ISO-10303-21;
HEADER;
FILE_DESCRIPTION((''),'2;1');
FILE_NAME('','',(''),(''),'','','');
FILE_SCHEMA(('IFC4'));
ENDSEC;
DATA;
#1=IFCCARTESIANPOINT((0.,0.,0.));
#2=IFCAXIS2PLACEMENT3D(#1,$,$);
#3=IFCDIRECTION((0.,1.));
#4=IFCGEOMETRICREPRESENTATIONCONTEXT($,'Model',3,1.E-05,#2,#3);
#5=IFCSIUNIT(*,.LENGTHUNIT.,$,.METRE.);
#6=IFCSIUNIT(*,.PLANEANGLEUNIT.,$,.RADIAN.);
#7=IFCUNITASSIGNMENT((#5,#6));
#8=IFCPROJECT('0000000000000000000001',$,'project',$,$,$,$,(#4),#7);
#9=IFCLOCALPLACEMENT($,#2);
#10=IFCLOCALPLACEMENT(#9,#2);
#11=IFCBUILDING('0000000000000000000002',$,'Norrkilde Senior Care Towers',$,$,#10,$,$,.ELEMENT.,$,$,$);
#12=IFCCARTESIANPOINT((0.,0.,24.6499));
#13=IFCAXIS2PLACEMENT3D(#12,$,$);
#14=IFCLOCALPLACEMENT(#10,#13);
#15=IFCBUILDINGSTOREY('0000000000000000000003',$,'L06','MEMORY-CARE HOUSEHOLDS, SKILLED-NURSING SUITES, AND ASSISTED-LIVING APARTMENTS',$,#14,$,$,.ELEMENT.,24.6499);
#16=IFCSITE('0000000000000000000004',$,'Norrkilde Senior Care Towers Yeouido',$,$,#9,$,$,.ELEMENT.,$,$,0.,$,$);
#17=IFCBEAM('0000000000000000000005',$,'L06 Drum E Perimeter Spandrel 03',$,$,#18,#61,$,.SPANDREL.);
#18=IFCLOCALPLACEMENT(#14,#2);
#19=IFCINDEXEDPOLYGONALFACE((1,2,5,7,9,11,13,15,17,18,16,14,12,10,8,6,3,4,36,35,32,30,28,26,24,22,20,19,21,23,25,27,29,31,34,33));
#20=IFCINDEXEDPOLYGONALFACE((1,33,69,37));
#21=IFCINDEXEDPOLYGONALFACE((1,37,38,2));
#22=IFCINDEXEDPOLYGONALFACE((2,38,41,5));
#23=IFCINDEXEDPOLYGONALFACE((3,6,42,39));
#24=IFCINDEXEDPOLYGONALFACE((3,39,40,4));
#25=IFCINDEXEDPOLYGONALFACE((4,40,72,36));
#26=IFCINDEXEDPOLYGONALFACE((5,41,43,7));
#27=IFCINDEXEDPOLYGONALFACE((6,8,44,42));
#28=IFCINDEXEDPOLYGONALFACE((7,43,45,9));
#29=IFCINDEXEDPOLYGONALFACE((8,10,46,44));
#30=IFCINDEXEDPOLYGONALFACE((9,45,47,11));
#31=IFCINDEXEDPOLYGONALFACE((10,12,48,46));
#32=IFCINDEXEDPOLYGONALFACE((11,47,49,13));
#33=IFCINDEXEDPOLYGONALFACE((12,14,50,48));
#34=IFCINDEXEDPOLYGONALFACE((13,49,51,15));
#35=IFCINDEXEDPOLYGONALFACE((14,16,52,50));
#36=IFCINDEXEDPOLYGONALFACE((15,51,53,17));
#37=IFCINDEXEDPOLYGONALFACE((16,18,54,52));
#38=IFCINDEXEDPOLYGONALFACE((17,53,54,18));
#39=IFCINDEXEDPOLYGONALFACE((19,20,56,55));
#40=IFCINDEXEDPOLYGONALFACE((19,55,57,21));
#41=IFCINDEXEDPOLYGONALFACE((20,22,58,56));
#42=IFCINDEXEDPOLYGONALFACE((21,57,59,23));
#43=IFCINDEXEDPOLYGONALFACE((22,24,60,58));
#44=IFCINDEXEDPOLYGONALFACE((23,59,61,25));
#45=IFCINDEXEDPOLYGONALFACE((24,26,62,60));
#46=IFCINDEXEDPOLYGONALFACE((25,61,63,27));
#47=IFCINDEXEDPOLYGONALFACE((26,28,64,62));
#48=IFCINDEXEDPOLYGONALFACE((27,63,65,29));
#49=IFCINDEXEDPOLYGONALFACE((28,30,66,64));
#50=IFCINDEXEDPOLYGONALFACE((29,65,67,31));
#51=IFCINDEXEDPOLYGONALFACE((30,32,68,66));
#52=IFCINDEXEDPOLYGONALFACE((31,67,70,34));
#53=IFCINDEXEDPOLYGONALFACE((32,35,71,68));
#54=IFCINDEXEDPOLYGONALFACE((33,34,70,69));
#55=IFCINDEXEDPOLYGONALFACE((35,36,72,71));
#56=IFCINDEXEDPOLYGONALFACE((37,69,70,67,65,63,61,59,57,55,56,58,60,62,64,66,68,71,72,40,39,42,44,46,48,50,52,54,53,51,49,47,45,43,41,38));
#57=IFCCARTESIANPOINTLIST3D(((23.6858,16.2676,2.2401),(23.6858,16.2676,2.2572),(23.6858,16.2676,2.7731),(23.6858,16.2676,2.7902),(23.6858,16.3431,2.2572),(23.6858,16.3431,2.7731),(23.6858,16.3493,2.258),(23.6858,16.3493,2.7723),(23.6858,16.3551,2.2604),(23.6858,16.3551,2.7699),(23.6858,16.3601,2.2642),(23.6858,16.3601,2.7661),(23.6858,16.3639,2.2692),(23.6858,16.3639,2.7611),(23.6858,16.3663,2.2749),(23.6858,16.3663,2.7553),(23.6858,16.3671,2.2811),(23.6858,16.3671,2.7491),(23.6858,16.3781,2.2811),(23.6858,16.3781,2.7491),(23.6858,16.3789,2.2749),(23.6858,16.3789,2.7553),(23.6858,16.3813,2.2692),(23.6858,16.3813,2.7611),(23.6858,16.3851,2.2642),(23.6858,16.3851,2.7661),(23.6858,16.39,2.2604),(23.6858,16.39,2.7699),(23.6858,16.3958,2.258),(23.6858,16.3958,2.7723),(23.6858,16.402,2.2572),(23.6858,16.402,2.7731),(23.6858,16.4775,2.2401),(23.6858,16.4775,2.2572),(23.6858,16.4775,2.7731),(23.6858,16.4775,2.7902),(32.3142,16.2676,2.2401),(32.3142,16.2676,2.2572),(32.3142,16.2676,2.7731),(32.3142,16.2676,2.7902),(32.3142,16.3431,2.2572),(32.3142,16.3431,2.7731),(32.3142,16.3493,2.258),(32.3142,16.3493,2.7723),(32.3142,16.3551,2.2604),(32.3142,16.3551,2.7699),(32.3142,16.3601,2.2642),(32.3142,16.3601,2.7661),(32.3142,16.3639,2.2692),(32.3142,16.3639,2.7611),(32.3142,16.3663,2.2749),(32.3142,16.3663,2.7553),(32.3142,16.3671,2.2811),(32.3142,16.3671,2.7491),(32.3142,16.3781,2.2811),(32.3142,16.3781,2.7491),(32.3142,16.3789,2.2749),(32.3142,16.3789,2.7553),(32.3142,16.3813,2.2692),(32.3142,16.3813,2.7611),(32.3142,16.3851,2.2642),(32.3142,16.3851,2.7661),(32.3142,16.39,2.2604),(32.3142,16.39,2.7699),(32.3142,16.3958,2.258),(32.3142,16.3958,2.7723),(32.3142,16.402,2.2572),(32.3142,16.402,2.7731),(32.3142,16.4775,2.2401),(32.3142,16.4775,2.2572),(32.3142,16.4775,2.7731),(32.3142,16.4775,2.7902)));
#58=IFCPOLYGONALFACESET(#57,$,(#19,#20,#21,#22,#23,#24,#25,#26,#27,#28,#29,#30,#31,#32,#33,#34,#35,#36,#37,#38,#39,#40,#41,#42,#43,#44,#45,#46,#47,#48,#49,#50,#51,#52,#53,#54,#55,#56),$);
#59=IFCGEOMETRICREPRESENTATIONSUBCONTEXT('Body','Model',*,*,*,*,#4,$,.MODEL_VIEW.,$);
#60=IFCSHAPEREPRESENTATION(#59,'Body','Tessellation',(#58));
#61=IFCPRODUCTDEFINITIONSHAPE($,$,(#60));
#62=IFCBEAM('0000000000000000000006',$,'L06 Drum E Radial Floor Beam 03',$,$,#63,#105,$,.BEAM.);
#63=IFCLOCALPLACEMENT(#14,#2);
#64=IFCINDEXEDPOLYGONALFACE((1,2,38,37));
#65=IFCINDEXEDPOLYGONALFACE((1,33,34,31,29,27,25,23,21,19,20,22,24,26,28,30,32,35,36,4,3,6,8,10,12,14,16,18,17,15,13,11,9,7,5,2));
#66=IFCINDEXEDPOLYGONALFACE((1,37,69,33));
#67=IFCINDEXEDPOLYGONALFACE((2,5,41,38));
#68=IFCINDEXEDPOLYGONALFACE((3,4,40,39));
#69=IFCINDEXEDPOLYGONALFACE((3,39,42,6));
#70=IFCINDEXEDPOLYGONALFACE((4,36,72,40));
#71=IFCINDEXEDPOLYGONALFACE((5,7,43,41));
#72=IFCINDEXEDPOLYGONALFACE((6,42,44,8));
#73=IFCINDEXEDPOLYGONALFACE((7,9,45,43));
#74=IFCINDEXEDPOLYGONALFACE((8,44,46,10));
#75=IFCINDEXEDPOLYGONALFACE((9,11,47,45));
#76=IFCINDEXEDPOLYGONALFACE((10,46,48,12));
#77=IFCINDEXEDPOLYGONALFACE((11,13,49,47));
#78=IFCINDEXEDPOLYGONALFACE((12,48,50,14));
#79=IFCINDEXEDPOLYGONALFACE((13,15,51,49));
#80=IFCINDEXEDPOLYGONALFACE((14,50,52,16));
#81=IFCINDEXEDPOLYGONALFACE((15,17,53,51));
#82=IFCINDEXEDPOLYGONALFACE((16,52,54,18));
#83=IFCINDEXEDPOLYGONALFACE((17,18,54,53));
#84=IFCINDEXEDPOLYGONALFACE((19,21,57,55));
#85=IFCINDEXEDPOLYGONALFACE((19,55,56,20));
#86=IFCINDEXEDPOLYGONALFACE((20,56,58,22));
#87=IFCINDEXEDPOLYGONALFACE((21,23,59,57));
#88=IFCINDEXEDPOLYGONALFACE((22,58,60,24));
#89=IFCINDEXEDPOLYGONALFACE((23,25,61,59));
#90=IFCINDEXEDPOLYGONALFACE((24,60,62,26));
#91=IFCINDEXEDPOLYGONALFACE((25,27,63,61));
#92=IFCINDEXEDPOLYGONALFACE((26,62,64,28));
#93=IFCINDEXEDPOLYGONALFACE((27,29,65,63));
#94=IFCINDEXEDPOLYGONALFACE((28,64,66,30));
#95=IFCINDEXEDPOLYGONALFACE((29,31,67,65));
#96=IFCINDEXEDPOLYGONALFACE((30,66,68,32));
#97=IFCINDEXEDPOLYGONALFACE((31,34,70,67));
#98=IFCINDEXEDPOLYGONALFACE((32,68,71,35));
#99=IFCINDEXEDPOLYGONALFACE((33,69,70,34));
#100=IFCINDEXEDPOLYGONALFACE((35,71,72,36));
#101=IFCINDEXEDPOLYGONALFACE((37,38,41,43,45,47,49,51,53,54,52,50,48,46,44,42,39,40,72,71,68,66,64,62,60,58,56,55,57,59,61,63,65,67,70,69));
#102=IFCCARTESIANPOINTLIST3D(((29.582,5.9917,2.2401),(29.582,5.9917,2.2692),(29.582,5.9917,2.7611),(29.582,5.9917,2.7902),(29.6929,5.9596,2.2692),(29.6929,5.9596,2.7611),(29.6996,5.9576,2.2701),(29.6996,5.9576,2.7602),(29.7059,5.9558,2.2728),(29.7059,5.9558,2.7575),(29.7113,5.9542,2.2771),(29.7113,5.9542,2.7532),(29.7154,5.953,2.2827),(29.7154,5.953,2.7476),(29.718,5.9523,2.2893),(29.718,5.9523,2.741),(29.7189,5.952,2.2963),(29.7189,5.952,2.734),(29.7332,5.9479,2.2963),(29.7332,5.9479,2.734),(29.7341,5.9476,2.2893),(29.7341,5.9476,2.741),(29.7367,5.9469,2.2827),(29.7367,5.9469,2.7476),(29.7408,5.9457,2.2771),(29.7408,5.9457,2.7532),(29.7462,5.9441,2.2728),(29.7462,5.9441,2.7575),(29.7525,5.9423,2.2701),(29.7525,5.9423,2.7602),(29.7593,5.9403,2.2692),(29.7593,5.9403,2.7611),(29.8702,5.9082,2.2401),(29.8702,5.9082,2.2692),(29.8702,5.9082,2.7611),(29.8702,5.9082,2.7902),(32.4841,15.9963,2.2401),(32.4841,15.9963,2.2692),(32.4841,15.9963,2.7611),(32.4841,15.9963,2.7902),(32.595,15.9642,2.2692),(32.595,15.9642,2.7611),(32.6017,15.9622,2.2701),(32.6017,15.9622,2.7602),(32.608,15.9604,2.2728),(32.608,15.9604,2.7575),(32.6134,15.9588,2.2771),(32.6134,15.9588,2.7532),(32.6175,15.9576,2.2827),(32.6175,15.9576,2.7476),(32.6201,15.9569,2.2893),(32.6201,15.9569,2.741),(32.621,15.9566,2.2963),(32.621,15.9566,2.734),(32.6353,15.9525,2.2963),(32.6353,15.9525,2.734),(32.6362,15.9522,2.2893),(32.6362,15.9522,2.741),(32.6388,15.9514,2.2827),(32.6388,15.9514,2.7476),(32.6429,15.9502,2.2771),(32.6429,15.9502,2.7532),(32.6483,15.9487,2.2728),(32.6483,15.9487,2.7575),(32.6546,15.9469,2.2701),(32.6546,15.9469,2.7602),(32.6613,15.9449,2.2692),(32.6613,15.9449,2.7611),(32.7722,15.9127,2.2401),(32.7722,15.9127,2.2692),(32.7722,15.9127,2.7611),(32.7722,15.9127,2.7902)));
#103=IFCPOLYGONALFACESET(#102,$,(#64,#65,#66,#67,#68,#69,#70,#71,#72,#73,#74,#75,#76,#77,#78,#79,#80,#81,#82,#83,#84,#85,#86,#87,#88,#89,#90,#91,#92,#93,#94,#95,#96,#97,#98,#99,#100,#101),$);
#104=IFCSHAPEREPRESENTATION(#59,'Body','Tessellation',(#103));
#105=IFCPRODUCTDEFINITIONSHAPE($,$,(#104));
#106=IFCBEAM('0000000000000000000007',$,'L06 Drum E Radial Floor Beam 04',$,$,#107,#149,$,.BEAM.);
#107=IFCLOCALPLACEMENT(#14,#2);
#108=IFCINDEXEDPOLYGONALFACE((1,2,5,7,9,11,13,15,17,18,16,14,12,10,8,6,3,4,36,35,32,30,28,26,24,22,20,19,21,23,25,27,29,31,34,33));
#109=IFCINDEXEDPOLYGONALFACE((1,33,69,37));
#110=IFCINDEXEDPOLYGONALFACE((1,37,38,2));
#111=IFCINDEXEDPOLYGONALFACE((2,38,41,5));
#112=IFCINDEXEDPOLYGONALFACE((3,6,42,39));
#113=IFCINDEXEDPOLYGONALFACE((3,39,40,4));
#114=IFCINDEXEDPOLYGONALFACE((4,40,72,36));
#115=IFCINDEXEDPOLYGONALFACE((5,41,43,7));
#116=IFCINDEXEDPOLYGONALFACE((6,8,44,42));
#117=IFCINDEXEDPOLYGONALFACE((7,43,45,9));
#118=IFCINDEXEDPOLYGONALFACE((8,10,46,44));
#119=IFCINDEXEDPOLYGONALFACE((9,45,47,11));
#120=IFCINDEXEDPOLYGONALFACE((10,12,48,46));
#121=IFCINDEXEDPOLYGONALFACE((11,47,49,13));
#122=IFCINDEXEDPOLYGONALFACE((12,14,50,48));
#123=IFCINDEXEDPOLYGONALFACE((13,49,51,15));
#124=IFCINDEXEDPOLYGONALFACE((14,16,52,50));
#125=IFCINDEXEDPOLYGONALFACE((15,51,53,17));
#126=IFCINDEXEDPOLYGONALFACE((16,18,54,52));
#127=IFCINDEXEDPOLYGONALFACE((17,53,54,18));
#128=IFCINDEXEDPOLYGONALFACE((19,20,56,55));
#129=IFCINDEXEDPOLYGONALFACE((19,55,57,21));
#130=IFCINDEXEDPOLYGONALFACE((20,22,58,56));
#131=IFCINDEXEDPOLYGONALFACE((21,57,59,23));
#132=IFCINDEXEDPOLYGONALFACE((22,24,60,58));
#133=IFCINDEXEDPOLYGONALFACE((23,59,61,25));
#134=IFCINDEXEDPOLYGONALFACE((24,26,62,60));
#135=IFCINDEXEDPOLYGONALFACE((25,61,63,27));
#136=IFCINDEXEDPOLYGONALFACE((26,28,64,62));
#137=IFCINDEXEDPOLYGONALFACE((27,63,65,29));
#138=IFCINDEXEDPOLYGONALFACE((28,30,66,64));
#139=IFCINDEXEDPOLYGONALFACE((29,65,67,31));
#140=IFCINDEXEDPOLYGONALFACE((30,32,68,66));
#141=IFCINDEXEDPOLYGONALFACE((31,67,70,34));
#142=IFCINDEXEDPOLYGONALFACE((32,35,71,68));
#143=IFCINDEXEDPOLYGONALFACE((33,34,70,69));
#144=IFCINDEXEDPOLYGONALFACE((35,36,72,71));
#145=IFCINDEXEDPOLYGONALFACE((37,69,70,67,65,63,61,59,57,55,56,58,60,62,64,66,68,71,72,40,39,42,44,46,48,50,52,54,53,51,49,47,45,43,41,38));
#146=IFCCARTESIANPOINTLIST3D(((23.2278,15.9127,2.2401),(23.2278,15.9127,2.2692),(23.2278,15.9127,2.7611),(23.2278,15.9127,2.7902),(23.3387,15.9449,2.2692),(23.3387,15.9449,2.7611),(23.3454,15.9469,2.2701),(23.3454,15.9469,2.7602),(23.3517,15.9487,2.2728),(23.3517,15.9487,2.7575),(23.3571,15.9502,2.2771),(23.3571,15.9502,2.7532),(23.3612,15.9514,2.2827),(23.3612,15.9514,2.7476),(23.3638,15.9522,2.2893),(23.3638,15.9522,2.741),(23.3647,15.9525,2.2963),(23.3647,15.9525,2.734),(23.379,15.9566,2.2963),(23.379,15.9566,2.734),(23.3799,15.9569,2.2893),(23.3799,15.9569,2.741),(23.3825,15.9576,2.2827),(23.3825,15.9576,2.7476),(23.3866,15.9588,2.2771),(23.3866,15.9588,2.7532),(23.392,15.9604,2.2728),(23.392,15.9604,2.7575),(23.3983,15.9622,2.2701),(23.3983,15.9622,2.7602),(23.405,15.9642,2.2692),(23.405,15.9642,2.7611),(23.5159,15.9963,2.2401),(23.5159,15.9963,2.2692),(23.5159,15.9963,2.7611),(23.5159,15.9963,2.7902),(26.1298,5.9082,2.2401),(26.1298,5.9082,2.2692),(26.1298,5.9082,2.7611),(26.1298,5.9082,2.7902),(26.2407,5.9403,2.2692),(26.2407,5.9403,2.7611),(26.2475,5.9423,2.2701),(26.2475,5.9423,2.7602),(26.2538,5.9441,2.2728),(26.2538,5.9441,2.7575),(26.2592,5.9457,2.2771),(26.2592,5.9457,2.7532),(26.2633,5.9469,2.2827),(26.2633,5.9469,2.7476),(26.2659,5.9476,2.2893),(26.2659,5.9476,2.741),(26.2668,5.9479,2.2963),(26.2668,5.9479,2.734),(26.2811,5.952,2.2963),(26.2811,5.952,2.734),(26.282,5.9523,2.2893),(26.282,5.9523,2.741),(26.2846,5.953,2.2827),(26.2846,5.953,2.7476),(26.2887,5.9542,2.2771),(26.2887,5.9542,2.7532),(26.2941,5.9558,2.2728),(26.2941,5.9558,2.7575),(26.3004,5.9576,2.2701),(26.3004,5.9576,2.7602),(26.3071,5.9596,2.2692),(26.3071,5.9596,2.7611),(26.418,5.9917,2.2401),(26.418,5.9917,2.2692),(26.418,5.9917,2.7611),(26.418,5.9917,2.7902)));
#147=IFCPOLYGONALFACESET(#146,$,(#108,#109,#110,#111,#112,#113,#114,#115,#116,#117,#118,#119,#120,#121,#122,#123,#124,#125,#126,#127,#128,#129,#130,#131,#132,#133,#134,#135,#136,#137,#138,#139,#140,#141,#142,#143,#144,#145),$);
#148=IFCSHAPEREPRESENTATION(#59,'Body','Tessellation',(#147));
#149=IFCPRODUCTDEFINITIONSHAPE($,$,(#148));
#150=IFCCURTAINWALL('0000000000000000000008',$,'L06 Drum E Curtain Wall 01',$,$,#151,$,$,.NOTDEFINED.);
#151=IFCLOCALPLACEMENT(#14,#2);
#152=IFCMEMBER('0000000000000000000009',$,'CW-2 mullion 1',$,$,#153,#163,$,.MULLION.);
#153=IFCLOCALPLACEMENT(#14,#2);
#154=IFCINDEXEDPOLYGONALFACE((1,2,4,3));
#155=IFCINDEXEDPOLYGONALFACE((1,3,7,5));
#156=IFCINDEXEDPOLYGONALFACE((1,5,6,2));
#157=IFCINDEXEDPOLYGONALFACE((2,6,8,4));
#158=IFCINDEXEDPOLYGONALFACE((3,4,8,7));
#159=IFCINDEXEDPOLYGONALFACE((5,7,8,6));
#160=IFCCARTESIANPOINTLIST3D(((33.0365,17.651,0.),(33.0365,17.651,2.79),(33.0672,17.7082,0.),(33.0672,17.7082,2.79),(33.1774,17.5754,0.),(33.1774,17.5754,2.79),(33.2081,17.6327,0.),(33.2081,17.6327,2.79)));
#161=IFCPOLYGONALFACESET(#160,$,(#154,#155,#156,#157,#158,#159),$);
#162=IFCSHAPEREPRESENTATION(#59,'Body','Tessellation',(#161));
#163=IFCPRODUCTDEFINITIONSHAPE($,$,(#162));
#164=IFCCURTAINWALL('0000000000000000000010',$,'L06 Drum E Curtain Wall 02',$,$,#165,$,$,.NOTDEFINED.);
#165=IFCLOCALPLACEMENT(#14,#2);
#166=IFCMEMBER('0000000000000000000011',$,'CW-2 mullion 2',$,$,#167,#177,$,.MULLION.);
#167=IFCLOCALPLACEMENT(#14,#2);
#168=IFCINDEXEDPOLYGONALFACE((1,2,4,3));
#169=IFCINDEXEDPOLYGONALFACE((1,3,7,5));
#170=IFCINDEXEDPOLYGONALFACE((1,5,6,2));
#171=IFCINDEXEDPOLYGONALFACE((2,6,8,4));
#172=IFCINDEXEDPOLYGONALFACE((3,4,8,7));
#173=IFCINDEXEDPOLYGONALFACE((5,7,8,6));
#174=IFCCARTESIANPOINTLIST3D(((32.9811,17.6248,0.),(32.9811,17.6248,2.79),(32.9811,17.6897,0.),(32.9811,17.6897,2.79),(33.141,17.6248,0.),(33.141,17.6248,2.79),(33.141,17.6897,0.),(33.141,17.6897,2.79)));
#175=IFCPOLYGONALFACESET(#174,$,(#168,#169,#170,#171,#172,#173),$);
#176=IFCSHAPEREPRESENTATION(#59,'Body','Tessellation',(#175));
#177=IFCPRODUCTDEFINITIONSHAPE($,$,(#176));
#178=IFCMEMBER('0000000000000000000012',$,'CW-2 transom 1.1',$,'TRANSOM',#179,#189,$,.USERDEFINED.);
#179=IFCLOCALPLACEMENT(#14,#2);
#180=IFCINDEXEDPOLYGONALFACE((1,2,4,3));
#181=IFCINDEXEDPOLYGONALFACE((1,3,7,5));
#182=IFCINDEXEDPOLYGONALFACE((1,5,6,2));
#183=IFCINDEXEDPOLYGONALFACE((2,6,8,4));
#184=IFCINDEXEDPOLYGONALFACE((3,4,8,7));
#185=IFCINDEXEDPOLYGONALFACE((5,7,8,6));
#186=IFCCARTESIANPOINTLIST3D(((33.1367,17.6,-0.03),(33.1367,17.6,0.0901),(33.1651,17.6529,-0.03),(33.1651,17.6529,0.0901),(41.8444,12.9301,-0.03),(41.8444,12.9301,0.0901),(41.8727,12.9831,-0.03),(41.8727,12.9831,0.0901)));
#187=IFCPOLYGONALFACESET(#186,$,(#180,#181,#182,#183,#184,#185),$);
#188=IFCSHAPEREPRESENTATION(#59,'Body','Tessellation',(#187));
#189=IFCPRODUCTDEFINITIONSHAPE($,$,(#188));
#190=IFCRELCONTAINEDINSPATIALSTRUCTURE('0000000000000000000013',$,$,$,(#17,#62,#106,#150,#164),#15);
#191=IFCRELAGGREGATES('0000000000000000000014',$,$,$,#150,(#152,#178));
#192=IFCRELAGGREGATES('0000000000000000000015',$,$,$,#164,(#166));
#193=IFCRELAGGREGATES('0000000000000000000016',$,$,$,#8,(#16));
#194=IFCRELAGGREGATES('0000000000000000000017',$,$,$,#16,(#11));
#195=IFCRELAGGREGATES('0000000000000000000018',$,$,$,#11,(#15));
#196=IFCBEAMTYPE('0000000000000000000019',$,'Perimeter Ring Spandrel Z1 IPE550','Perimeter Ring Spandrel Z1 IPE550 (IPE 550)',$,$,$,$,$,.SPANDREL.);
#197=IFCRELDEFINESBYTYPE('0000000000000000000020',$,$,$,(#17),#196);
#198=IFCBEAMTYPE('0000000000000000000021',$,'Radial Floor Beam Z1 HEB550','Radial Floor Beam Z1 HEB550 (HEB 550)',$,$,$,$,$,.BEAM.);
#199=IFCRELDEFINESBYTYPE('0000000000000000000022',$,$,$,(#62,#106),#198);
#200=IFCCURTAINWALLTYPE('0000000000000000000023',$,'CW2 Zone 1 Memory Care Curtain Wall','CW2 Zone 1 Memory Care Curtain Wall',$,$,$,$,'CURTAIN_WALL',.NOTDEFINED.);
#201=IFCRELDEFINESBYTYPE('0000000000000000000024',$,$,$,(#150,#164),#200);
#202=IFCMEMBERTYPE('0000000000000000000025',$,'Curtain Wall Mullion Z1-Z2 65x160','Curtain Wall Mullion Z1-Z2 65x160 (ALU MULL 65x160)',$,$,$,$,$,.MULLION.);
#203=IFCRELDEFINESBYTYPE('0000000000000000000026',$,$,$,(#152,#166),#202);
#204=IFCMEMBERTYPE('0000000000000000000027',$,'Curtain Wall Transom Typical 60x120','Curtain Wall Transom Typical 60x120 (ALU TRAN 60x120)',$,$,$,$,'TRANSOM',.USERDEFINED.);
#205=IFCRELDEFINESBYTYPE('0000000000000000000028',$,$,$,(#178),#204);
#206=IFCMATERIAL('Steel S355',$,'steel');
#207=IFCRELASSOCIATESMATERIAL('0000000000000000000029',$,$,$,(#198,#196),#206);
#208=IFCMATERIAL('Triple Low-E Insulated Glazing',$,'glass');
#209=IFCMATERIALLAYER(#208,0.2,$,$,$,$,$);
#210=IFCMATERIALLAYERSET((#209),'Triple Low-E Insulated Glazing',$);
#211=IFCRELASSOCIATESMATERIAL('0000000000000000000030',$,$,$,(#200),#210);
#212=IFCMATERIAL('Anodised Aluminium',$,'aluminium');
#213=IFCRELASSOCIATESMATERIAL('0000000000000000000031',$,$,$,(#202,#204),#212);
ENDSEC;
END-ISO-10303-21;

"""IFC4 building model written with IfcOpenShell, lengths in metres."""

from ifc_helpers import new_model, si_unit, direction, frame, origin, origin_2d, place, context, subcontext, project, spatial, rectangle, i_section, extrude, source, transform, mapped, material, layer, layer_set, material_profile, profile_set, type_object, type_shapes, element, aggregate, save


model = new_model("IFC4")

# Units and contexts
model_context = context("Model", 3, precision=1e-05, world=origin(), true_north=direction((0.0, 1.0)))
body_context = subcontext(model_context, "Body", "Model", "MODEL_VIEW")
ifc_project = project(units=[si_unit("LENGTHUNIT", "METRE"), si_unit("PLANEANGLEUNIT", "RADIAN")], contexts=[model_context])

# Site, building, storey
site_placement = place(None, origin())
site = spatial("IfcSite", under=ifc_project, at=site_placement, Name="Norrkilde Senior Care Towers Yeouido", CompositionType="ELEMENT", RefElevation=0.0)
building_placement = place(site_placement, origin())
building = spatial("IfcBuilding", under=site, at=building_placement, Name="Norrkilde Senior Care Towers", CompositionType="ELEMENT")
storey_placement = place(building_placement, frame((0.0, 0.0, 24.6499)))
storey = spatial("IfcBuildingStorey", under=building, at=storey_placement, Name="L06", Description="MEMORY-CARE HOUSEHOLDS, SKILLED-NURSING SUITES, AND ASSISTED-LIVING APARTMENTS", CompositionType="ELEMENT", Elevation=24.6499)

# Beams
ifc_material_1 = material(Name="Steel S355", Category="steel")
ifc_material_profile_1 = material_profile(ifc_material_1, i_section(OverallWidth=0.3, OverallDepth=0.55, WebThickness=0.0149, FlangeThickness=0.0291, FilletRadius=0.0271, at=origin_2d()), Name="HEB 550")
ifc_profile_set_1 = profile_set([ifc_material_profile_1], Name="Steel S355")
beam_type_1 = type_object("IfcBeamType", Name="Radial Floor Beam Z1 HEB550", Description="Radial Floor Beam Z1 HEB550 (HEB 550)", PredefinedType="BEAM", material=ifc_profile_set_1)
ifc_material_profile_2 = material_profile(ifc_material_1, i_section(OverallWidth=0.21, OverallDepth=0.55, WebThickness=0.011, FlangeThickness=0.0171, FilletRadius=0.0239, at=origin_2d()), Name="IPE 550")
ifc_profile_set_2 = profile_set([ifc_material_profile_2], Name="Steel S355")
beam_type_2 = type_object("IfcBeamType", Name="Perimeter Ring Spandrel Z1 IPE550", Description="Perimeter Ring Spandrel Z1 IPE550 (IPE 550)", PredefinedType="SPANDREL", material=ifc_profile_set_2)
shared_shape_1 = source(origin(), body_context, "Body", "SweptSolid", [
    extrude(i_section(OverallWidth=0.21, OverallDepth=0.55, WebThickness=0.011, FlangeThickness=0.0171, FilletRadius=0.0239, at=origin_2d()), origin(), (0.0, 0.0, 1.0), 8.6284),
])
type_shapes(beam_type_2, [shared_shape_1])
beam_1_placement = place(storey_placement, frame((32.3142, 16.3726, 2.5151), z_axis=(-1.0, 0.0, 0.0), x_axis=(0.0, -1.0, 0.0)))
element("IfcBeam", 1, at=beam_1_placement, inside=storey, type_object=beam_type_2, Name="L06 Drum E Perimeter Spandrel 03", PredefinedType="SPANDREL", context=body_context, shape_type="MappedRepresentation", body=[
    mapped(shared_shape_1, transform((0.0, 0.0, 0.0), x_axis=(1.0, 0.0, 0.0), y_axis=(0.0, 1.0, 0.0), z_axis=(0.0, 0.0, 1.0), scale=1.0)),
])
shared_shape_2 = source(origin(), body_context, "Body", "SweptSolid", [
    extrude(i_section(OverallWidth=0.3, OverallDepth=0.55, WebThickness=0.0149, FlangeThickness=0.0291, FilletRadius=0.0271, at=origin_2d()), origin(), (0.0, 0.0, 1.0), 10.417),
])
for number, where, z_axis, x_axis, name in (
    (2, (29.7261, 5.95, 2.5151), (0.278591, 0.96041, 0.0), (-0.96041, 0.278591, 0.0), "L06 Drum E Radial Floor Beam 03"),
    (3, (26.2739, 5.95, 2.5151), (-0.278591, 0.96041, 0.0), (-0.96041, -0.278591, 0.0), "L06 Drum E Radial Floor Beam 04"),
):
    element("IfcBeam", number, at=place(storey_placement, frame(where, z_axis=z_axis, x_axis=x_axis)), inside=storey, type_object=beam_type_1, Name=name, PredefinedType="BEAM", context=body_context, shape_type="MappedRepresentation", body=[
        mapped(shared_shape_2, transform((0.0, 0.0, 0.0), x_axis=(1.0, 0.0, 0.0), y_axis=(0.0, 1.0, 0.0), z_axis=(0.0, 0.0, 1.0), scale=1.0)),
    ])

# Curtain walls, members
ifc_material_2 = material(Name="Triple Low-E Insulated Glazing", Category="glass")
ifc_layer_1 = layer(ifc_material_2, 0.2)
ifc_layer_set_1 = layer_set([ifc_layer_1], Name="Triple Low-E Insulated Glazing")
curtain_wall_type = type_object("IfcCurtainWallType", Name="CW2 Zone 1 Memory Care Curtain Wall", Description="CW2 Zone 1 Memory Care Curtain Wall", ElementType="CURTAIN_WALL", PredefinedType="NOTDEFINED", material=ifc_layer_set_1)
curtain_wall_1_placement = place(storey_placement, origin())
curtain_wall_1 = element("IfcCurtainWall", 4, at=curtain_wall_1_placement, inside=storey, type_object=curtain_wall_type, Name="L06 Drum E Curtain Wall 01", PredefinedType="NOTDEFINED")
ifc_material_3 = material(Name="Anodised Aluminium", Category="aluminium")
ifc_material_profile_3 = material_profile(ifc_material_3, rectangle(XDim=0.0649, YDim=0.1599, at=origin_2d()), Name="ALU MULL 65x160")
ifc_profile_set_3 = profile_set([ifc_material_profile_3], Name="Anodised Aluminium")
member_type_1 = type_object("IfcMemberType", Name="Curtain Wall Mullion Z1-Z2 65x160", Description="Curtain Wall Mullion Z1-Z2 65x160 (ALU MULL 65x160)", PredefinedType="MULLION", material=ifc_profile_set_3)
shared_shape_3 = source(origin(), body_context, "Body", "SweptSolid", [
    extrude(rectangle(XDim=0.0649, YDim=0.1599, at=origin_2d()), origin(), (0.0, 0.0, 1.0), 2.79),
])
type_shapes(member_type_1, [shared_shape_3])
member_1_placement = place(storey_placement, frame((33.1223, 17.6418, 0.0), z_axis=(0.0, 0.0, 1.0), x_axis=(0.472608, 0.881273, 0.0)))
member_1 = element("IfcMember", 5, at=member_1_placement, type_object=member_type_1, Name="CW-2 mullion 1", PredefinedType="MULLION", context=body_context, shape_type="MappedRepresentation", body=[
    mapped(shared_shape_3, transform((0.0, 0.0, 0.0), x_axis=(1.0, 0.0, 0.0), y_axis=(0.0, 1.0, 0.0), z_axis=(0.0, 0.0, 1.0), scale=1.0)),
])
curtain_wall_2_placement = place(storey_placement, origin())
curtain_wall_2 = element("IfcCurtainWall", 6, at=curtain_wall_2_placement, inside=storey, type_object=curtain_wall_type, Name="L06 Drum E Curtain Wall 02", PredefinedType="NOTDEFINED")
member_2_placement = place(storey_placement, frame((33.061, 17.6572, 0.0), z_axis=(0.0, 0.0, 1.0), x_axis=(0.0, 1.0, 0.0)))
member_2 = element("IfcMember", 7, at=member_2_placement, type_object=member_type_1, Name="CW-2 mullion 2", PredefinedType="MULLION", context=body_context, shape_type="MappedRepresentation", body=[
    mapped(shared_shape_3, transform((0.0, 0.0, 0.0), x_axis=(1.0, 0.0, 0.0), y_axis=(0.0, 1.0, 0.0), z_axis=(0.0, 0.0, 1.0), scale=1.0)),
])

# Member
ifc_material_profile_4 = material_profile(ifc_material_3, rectangle(XDim=0.0601, YDim=0.1201, at=origin_2d()), Name="ALU TRAN 60x120")
ifc_profile_set_4 = profile_set([ifc_material_profile_4], Name="Anodised Aluminium")
member_type_2 = type_object("IfcMemberType", Name="Curtain Wall Transom Typical 60x120", Description="Curtain Wall Transom Typical 60x120 (ALU TRAN 60x120)", ElementType="TRANSOM", PredefinedType="USERDEFINED", material=ifc_profile_set_4)
shared_shape_4 = source(origin(), body_context, "Body", "SweptSolid", [
    extrude(rectangle(XDim=0.0601, YDim=0.1201, at=origin_2d()), origin(), (0.0, 0.0, 1.0), 9.8809),
])
type_shapes(member_type_2, [shared_shape_4])
member_3_placement = place(storey_placement, frame((33.1509, 17.6265, 0.03), z_axis=(0.881267, -0.472618, 0.0), x_axis=(0.472618, 0.881267, 0.0)))
member_3 = element("IfcMember", 8, at=member_3_placement, type_object=member_type_2, Name="CW-2 transom 1.1", ObjectType="TRANSOM", PredefinedType="USERDEFINED", context=body_context, shape_type="MappedRepresentation", body=[
    mapped(shared_shape_4, transform((0.0, 0.0, 0.0), x_axis=(1.0, 0.0, 0.0), y_axis=(0.0, 1.0, 0.0), z_axis=(0.0, 0.0, 1.0), scale=1.0)),
])
aggregate(curtain_wall_1, [member_1, member_3])

aggregate(curtain_wall_2, [member_2])

save(model, "model.ifc")
